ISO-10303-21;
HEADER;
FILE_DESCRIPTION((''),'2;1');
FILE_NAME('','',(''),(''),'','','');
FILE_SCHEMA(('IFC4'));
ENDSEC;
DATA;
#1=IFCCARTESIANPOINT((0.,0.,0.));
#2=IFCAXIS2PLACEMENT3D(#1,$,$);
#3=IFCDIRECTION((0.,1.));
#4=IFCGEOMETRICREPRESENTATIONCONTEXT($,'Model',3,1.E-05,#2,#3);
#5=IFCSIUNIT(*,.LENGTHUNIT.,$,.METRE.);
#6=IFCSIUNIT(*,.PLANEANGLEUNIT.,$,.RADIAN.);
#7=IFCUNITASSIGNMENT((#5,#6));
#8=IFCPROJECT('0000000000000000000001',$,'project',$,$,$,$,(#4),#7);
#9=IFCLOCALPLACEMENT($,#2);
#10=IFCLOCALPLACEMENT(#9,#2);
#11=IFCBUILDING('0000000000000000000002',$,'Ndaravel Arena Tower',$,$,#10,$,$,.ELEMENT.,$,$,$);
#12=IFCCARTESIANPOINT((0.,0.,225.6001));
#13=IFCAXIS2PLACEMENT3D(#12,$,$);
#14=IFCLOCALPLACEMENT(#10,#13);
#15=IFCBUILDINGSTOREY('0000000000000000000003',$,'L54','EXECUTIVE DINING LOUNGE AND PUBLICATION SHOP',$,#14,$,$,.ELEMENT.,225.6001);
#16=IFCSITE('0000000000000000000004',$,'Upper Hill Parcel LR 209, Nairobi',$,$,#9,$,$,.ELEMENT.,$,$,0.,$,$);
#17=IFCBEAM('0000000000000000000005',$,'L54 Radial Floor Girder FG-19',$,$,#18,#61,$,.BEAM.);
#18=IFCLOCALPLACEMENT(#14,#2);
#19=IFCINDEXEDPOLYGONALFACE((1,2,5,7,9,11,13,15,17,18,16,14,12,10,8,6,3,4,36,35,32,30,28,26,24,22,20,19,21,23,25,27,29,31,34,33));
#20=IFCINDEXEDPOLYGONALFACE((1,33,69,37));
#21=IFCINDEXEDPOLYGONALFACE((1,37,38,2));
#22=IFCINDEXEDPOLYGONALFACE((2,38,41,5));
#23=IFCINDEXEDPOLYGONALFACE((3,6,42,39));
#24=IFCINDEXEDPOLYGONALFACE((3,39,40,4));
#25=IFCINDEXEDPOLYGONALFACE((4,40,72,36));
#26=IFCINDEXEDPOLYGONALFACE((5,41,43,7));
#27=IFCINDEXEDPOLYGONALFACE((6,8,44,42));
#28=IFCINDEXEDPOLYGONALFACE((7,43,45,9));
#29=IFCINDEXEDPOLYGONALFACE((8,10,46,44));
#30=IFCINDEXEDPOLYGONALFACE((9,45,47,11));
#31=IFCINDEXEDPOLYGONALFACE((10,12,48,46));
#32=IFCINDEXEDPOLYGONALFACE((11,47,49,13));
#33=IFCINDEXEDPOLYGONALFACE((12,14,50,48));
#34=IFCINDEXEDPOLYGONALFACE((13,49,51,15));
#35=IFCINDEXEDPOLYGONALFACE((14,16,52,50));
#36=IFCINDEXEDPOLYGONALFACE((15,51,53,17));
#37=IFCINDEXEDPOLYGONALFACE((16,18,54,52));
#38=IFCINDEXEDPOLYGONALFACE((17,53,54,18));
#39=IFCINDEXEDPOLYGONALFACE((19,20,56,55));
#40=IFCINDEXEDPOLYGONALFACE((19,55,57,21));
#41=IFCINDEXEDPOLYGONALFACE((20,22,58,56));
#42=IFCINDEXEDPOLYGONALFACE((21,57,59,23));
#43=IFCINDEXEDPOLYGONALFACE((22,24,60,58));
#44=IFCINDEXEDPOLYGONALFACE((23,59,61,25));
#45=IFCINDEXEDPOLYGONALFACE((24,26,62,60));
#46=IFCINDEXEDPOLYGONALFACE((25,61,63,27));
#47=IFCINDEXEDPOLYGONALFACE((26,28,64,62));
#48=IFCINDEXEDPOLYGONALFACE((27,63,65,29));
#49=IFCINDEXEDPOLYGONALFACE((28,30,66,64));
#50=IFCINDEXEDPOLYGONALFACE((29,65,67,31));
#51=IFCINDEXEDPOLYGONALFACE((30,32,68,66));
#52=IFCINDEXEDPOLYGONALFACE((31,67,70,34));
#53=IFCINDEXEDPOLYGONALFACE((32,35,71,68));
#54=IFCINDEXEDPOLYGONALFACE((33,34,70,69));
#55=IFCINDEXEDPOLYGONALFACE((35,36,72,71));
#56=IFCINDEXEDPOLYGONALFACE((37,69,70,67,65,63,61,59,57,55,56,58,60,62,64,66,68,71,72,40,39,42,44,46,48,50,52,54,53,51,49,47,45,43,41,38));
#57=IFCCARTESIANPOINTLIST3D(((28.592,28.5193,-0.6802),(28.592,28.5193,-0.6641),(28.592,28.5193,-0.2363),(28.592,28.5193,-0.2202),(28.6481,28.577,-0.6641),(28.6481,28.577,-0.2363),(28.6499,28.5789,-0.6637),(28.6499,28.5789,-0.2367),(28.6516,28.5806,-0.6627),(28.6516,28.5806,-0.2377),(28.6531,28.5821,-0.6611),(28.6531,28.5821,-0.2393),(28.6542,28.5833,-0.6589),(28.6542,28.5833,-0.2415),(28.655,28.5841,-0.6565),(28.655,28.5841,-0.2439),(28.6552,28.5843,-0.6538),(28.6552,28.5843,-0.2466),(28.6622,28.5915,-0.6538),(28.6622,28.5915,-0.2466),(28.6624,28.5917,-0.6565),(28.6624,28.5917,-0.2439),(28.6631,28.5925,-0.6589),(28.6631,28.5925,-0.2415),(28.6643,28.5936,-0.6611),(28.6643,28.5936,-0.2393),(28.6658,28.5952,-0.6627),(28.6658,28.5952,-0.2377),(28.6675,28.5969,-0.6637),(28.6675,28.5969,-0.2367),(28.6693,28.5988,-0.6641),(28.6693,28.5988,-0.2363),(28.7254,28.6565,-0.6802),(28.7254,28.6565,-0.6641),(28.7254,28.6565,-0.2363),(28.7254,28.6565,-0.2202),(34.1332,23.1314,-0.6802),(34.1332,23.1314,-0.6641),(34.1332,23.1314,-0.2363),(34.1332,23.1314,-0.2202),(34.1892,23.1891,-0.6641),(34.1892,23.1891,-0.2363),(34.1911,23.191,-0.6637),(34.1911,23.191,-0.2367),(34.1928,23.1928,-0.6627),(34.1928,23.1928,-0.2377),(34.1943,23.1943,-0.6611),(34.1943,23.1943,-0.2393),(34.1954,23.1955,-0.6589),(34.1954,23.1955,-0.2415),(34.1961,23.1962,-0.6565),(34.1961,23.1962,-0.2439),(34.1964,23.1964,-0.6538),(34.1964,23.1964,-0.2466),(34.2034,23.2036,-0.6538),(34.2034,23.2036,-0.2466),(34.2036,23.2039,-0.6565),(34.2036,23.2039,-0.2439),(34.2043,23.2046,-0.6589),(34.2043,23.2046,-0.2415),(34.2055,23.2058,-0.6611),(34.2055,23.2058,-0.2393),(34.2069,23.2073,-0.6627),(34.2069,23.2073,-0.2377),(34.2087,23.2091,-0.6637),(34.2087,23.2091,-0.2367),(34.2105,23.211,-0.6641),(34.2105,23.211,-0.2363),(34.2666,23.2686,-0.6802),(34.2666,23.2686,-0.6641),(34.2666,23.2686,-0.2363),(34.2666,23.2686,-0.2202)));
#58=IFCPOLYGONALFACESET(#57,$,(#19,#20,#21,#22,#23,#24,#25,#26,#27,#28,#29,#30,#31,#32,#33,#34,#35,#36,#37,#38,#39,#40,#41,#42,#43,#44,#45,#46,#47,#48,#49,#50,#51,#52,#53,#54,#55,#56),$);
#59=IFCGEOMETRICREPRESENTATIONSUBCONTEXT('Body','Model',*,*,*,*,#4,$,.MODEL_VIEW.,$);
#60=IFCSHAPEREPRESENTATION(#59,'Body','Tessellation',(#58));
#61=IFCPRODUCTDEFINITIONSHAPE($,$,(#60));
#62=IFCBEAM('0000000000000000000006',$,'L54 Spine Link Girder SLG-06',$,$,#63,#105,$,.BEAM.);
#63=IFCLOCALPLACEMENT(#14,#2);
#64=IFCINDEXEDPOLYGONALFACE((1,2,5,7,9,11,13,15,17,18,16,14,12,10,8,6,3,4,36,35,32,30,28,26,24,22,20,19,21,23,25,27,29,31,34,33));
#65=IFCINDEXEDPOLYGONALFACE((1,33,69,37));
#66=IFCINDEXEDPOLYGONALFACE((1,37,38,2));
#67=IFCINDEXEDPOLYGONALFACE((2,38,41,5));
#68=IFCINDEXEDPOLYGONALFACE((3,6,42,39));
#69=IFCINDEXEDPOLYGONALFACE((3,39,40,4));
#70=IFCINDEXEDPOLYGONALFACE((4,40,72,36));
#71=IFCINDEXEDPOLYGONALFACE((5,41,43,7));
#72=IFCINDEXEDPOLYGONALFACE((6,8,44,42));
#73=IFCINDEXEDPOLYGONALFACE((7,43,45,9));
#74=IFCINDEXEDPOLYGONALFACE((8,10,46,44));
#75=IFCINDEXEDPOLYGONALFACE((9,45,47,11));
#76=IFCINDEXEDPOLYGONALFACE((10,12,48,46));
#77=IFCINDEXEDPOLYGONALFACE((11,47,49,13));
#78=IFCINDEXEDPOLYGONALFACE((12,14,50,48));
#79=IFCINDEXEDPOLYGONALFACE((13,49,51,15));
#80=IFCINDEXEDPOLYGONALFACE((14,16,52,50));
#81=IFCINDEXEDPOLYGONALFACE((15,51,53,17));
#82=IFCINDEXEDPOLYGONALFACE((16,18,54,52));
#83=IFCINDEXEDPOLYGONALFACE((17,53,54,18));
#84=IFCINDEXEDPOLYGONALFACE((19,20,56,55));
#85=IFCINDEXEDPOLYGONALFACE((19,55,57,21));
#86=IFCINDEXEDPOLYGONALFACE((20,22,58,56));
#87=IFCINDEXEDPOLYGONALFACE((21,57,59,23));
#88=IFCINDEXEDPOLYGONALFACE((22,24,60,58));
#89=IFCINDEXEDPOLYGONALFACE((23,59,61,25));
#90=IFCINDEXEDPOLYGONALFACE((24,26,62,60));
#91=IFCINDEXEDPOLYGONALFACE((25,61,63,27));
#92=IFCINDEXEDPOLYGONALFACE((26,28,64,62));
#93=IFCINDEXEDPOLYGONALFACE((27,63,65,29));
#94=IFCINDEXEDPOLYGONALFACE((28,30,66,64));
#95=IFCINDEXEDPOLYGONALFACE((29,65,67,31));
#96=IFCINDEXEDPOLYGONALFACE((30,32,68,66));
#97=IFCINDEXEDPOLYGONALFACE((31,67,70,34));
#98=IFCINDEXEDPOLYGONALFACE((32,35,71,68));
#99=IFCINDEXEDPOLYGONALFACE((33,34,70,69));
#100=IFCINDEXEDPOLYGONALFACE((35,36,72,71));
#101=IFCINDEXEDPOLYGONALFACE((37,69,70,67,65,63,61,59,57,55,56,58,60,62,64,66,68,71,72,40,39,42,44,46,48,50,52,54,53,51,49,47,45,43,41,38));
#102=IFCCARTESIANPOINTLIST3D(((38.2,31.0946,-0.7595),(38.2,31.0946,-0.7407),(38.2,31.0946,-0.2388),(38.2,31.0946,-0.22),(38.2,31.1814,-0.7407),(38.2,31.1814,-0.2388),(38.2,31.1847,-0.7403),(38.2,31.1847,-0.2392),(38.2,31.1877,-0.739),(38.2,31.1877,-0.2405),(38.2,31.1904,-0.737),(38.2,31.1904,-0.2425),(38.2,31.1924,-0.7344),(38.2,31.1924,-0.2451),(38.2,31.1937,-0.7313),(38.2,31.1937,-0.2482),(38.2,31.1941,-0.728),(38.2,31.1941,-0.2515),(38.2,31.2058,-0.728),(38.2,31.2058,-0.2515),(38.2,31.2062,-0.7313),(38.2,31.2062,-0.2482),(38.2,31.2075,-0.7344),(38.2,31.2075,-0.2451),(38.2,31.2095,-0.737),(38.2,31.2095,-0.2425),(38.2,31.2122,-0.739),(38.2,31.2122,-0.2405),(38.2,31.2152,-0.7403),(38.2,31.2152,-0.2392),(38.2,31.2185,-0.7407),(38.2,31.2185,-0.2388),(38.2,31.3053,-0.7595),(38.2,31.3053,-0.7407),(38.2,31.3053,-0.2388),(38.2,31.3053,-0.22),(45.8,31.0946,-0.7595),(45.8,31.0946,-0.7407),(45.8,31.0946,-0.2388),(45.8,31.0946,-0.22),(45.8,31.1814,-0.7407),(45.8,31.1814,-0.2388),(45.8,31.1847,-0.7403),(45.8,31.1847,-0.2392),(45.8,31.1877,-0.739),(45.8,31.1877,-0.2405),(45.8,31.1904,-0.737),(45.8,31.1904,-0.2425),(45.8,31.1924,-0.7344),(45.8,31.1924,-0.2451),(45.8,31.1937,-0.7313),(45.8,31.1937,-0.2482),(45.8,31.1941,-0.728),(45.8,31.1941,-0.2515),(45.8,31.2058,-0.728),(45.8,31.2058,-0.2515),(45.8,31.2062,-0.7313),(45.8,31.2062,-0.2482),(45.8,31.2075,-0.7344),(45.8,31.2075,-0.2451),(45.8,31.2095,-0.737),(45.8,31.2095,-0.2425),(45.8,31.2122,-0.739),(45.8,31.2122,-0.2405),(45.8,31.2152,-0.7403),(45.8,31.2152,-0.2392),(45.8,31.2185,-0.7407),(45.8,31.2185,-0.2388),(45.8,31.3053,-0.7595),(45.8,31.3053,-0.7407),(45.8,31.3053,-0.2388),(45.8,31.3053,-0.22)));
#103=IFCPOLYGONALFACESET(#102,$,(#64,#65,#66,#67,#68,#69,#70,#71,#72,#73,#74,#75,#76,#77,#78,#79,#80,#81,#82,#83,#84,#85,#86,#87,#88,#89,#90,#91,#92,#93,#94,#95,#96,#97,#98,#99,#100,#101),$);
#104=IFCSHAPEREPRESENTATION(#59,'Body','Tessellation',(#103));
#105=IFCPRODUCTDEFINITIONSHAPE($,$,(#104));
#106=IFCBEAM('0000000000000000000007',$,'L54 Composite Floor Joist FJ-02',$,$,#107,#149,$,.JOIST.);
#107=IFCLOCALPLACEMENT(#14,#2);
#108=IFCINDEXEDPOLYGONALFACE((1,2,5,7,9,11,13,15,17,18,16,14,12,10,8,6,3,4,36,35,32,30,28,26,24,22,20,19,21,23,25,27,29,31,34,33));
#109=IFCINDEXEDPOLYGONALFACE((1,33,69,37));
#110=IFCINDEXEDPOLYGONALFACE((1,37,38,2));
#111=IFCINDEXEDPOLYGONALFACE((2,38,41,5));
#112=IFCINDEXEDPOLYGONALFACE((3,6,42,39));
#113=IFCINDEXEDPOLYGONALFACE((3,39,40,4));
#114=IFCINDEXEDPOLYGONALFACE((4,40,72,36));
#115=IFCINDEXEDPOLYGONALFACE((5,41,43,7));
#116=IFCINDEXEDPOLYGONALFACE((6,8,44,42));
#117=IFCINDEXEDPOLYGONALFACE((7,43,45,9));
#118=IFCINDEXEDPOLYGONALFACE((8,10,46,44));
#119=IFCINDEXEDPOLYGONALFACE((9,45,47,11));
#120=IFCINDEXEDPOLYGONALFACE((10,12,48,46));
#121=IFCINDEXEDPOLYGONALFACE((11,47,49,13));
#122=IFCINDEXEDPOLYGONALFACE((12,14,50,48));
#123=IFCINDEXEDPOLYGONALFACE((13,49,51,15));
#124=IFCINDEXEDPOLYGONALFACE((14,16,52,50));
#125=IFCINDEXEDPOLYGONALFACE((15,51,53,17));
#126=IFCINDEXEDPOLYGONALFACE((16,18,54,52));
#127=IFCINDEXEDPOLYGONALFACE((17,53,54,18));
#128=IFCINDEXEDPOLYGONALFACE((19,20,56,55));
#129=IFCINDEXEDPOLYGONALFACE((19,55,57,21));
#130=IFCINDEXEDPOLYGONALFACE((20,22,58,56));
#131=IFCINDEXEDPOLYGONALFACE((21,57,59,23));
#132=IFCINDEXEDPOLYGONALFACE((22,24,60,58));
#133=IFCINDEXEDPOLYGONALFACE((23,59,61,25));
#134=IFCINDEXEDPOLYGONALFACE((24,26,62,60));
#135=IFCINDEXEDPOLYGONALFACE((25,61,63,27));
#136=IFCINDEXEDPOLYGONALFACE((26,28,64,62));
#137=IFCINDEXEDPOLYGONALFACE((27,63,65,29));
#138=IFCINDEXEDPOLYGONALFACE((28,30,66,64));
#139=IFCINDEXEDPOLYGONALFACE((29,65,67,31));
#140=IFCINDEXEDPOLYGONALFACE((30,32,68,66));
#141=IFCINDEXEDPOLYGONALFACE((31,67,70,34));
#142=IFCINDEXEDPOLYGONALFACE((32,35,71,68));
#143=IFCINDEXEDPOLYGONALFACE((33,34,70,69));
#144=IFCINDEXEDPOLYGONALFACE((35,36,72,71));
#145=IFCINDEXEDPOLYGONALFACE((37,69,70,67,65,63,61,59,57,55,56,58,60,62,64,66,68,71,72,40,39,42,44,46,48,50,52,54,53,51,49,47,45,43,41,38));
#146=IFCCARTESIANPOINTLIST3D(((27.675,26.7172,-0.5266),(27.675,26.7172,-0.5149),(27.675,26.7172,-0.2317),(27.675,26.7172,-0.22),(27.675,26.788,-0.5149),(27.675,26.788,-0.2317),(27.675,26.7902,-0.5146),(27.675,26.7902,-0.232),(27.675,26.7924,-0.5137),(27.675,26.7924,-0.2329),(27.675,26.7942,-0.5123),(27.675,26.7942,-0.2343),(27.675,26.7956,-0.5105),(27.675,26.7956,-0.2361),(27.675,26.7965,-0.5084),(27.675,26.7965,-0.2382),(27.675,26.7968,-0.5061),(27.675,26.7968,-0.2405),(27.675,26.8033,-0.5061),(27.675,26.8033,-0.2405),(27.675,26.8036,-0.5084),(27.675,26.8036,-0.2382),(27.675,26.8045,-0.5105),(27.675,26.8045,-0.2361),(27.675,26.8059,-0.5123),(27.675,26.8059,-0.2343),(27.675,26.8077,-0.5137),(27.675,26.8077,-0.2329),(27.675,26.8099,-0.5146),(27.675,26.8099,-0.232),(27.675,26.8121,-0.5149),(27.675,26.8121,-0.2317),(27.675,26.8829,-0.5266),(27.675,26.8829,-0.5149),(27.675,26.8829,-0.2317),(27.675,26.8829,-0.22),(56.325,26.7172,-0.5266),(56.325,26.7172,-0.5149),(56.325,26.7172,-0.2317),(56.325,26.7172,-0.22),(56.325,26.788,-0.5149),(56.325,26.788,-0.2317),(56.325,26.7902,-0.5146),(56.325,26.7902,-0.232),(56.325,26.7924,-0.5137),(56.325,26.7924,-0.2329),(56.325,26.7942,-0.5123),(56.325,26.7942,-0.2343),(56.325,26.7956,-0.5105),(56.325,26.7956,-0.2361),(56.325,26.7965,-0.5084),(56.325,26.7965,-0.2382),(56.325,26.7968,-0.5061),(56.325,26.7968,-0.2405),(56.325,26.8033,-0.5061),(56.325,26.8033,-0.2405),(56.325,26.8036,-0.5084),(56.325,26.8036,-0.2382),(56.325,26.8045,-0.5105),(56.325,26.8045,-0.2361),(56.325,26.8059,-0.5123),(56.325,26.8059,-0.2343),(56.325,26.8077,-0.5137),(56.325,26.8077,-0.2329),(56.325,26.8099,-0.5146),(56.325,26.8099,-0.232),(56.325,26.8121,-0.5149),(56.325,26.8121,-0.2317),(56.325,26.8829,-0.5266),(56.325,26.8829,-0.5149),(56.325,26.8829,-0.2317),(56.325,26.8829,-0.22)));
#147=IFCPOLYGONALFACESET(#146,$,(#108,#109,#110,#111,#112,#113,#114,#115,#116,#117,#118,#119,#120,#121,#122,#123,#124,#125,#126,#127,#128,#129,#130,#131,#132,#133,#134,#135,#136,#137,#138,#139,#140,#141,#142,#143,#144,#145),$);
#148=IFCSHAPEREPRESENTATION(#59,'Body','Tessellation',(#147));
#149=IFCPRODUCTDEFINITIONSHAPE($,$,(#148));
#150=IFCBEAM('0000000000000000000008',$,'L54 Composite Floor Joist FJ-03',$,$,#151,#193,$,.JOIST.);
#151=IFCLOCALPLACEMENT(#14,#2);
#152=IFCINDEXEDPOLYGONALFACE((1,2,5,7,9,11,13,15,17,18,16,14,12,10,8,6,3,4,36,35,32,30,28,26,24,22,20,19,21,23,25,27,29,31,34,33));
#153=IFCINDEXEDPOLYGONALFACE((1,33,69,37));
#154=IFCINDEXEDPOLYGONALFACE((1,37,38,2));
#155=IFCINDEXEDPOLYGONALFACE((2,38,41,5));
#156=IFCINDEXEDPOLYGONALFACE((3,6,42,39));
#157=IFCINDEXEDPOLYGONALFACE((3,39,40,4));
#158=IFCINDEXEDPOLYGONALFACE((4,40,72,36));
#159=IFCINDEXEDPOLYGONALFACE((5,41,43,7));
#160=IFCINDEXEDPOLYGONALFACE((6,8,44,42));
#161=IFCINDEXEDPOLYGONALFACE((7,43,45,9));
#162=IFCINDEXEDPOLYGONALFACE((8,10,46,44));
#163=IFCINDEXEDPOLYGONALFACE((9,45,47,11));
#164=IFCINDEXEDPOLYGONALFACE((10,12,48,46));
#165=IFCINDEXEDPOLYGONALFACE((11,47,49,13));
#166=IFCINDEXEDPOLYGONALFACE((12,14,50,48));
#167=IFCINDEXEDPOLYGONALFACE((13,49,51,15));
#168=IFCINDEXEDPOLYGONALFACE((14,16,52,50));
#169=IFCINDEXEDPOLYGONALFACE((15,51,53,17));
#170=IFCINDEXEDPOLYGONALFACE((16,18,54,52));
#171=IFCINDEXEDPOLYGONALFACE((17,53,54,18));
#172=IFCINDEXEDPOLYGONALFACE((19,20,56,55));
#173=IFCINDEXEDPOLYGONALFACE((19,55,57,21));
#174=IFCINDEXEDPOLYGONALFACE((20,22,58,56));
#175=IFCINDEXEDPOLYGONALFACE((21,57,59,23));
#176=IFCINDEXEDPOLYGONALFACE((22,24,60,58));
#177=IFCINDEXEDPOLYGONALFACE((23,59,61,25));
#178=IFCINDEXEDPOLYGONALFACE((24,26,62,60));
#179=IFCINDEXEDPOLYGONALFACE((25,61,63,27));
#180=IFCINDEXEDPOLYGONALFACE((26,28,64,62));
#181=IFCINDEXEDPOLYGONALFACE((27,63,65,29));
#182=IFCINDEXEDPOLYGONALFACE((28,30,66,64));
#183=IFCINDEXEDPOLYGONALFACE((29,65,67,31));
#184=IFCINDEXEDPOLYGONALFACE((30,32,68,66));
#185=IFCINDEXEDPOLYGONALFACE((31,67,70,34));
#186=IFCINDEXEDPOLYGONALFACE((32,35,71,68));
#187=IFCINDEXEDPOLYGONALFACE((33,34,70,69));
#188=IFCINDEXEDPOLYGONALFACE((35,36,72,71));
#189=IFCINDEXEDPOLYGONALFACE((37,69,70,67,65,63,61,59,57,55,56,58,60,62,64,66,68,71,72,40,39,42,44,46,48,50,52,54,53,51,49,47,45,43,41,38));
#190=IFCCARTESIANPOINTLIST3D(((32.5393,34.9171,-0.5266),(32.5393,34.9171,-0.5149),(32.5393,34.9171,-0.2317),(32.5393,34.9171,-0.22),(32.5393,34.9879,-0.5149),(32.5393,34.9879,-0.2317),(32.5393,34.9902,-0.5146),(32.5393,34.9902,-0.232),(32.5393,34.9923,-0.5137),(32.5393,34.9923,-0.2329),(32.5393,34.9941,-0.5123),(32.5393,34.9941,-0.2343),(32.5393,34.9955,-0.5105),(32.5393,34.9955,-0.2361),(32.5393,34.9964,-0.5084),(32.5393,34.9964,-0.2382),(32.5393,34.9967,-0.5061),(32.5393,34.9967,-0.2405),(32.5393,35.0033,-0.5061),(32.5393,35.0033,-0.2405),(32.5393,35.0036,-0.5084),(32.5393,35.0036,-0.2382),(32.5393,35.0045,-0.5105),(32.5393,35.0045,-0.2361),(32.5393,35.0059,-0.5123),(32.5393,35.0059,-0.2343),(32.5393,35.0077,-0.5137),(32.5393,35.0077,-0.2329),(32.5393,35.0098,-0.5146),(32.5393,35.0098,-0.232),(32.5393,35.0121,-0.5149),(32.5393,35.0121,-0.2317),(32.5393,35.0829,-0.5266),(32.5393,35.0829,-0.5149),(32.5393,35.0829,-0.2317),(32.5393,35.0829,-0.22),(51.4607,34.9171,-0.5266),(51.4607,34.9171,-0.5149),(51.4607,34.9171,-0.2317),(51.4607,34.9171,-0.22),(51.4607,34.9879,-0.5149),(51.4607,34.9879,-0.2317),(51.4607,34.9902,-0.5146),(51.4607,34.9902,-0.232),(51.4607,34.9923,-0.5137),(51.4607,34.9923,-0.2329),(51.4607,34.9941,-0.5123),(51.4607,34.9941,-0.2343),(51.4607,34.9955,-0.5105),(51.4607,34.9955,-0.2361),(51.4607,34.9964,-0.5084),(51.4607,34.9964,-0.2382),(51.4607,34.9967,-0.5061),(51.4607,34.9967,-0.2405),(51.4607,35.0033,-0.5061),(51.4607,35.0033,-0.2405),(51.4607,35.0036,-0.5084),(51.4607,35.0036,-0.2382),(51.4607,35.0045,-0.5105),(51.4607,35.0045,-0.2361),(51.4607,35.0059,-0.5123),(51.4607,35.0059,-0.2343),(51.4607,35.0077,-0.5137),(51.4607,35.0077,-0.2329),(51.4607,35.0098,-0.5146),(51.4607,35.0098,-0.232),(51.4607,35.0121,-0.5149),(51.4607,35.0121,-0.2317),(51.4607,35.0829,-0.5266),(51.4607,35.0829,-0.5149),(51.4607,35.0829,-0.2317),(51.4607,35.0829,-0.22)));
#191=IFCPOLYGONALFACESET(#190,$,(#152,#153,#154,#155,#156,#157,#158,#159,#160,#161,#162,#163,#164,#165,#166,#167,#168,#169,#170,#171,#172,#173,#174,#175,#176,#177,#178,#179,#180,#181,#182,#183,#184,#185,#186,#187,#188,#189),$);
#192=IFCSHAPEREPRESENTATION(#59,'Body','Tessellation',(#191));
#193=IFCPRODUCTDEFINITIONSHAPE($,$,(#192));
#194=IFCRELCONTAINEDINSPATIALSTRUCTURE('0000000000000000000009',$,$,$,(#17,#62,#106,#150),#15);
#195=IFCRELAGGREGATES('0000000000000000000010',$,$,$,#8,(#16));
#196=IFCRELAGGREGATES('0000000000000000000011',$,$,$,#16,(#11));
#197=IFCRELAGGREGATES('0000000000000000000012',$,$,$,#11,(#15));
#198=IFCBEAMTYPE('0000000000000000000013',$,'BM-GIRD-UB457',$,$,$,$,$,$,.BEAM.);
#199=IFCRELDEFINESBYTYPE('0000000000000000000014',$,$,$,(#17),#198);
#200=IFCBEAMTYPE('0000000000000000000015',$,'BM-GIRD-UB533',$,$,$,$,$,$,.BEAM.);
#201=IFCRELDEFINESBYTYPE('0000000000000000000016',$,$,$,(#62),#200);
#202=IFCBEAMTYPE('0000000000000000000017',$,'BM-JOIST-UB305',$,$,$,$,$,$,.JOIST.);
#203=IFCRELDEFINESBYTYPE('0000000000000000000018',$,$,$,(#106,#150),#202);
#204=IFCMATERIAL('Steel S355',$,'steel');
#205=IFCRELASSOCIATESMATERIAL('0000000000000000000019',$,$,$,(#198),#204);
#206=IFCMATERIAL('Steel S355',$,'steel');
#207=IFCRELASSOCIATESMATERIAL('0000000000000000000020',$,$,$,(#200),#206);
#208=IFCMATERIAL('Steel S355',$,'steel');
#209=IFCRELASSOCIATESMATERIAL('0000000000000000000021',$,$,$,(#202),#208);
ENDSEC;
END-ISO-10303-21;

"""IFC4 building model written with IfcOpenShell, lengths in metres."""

from ifc_helpers import new_model, si_unit, direction, frame, origin, origin_2d, place, context, subcontext, project, spatial, i_section, extrude, material, material_profile, profile_set, type_object, element, save


model = new_model("IFC4")

# Units and contexts
model_context = context("Model", 3, precision=1e-05, world=origin(), true_north=direction((0.0, 1.0)))
body_context = subcontext(model_context, "Body", "Model", "MODEL_VIEW")
ifc_project = project(units=[si_unit("LENGTHUNIT", "METRE"), si_unit("PLANEANGLEUNIT", "RADIAN")], contexts=[model_context])

# Site, building, storey
site_placement = place(None, origin())
site = spatial("IfcSite", under=ifc_project, at=site_placement, Name="Upper Hill Parcel LR 209, Nairobi", CompositionType="ELEMENT", RefElevation=0.0)
building_placement = place(site_placement, origin())
building = spatial("IfcBuilding", under=site, at=building_placement, Name="Ndaravel Arena Tower", CompositionType="ELEMENT")
storey_placement = place(building_placement, frame((0.0, 0.0, 225.6001)))
storey = spatial("IfcBuildingStorey", under=building, at=storey_placement, Name="L54", Description="EXECUTIVE DINING LOUNGE AND PUBLICATION SHOP", CompositionType="ELEMENT", Elevation=225.6001)

# Beams
ifc_material_1 = material(Name="Steel S355", Category="steel")
ifc_material_profile_1 = material_profile(ifc_material_1, i_section(OverallWidth=0.1914, OverallDepth=0.46, WebThickness=0.01, FlangeThickness=0.0161, FilletRadius=0.0103, at=origin_2d()), Name="UB 457x191x82")
ifc_profile_set_1 = profile_set([ifc_material_profile_1], Name="Steel S355")
beam_type_1 = type_object("IfcBeamType", Name="BM-GIRD-UB457", PredefinedType="BEAM", material=ifc_profile_set_1)
beam_1_placement = place(storey_placement, frame((28.6587, 28.5879, -0.4502), z_axis=(0.716956, -0.697119, 0.0), x_axis=(0.697119, 0.716956, 0.0)))
element("IfcBeam", 1, at=beam_1_placement, inside=storey, type_object=beam_type_1, Name="L54 Radial Floor Girder FG-19", PredefinedType="BEAM", context=body_context, shape_type="SweptSolid", body=[
    extrude(i_section(OverallWidth=0.1914, OverallDepth=0.46, WebThickness=0.01, FlangeThickness=0.0161, FilletRadius=0.0103, at=origin_2d()), origin(), (0.0, 0.0, 1.0), 7.7288),
])
ifc_material_2 = material(Name="Steel S355", Category="steel")
ifc_material_profile_2 = material_profile(ifc_material_2, i_section(OverallWidth=0.2107, OverallDepth=0.5396, WebThickness=0.0117, FlangeThickness=0.0188, FilletRadius=0.0127, at=origin_2d()), Name="UB 533x210x109")
ifc_profile_set_2 = profile_set([ifc_material_profile_2], Name="Steel S355")
beam_type_2 = type_object("IfcBeamType", Name="BM-GIRD-UB533", PredefinedType="BEAM", material=ifc_profile_set_2)
beam_2_placement = place(storey_placement, frame((38.2, 31.2, -0.4897), z_axis=(1.0, 0.0, 0.0), x_axis=(0.0, 1.0, 0.0)))
element("IfcBeam", 2, at=beam_2_placement, inside=storey, type_object=beam_type_2, Name="L54 Spine Link Girder SLG-06", PredefinedType="BEAM", context=body_context, shape_type="SweptSolid", body=[
    extrude(i_section(OverallWidth=0.2107, OverallDepth=0.5396, WebThickness=0.0117, FlangeThickness=0.0188, FilletRadius=0.0127, at=origin_2d()), origin(), (0.0, 0.0, 1.0), 7.6001),
])
ifc_material_3 = material(Name="Steel S355", Category="steel")
ifc_material_profile_3 = material_profile(ifc_material_3, i_section(OverallWidth=0.1658, OverallDepth=0.3066, WebThickness=0.0066, FlangeThickness=0.0117, FilletRadius=0.0088, at=origin_2d()), Name="UB 305x165x46")
ifc_profile_set_3 = profile_set([ifc_material_profile_3], Name="Steel S355")
beam_type_3 = type_object("IfcBeamType", Name="BM-JOIST-UB305", PredefinedType="JOIST", material=ifc_profile_set_3)
beam_3_placement = place(storey_placement, frame((27.675, 26.8, -0.3733), z_axis=(1.0, 0.0, 0.0), x_axis=(0.0, 1.0, 0.0)))
element("IfcBeam", 3, at=beam_3_placement, inside=storey, type_object=beam_type_3, Name="L54 Composite Floor Joist FJ-02", PredefinedType="JOIST", context=body_context, shape_type="SweptSolid", body=[
    extrude(i_section(OverallWidth=0.1658, OverallDepth=0.3066, WebThickness=0.0066, FlangeThickness=0.0117, FilletRadius=0.0088, at=origin_2d()), origin(), (0.0, 0.0, 1.0), 28.6499),
])
beam_4_placement = place(storey_placement, frame((32.5393, 35.0, -0.3733), z_axis=(1.0, 0.0, 0.0), x_axis=(0.0, 1.0, 0.0)))
element("IfcBeam", 4, at=beam_4_placement, inside=storey, type_object=beam_type_3, Name="L54 Composite Floor Joist FJ-03", PredefinedType="JOIST", context=body_context, shape_type="SweptSolid", body=[
    extrude(i_section(OverallWidth=0.1658, OverallDepth=0.3066, WebThickness=0.0066, FlangeThickness=0.0117, FilletRadius=0.0088, at=origin_2d()), origin(), (0.0, 0.0, 1.0), 18.9214),
])

save(model, "model.ifc")
